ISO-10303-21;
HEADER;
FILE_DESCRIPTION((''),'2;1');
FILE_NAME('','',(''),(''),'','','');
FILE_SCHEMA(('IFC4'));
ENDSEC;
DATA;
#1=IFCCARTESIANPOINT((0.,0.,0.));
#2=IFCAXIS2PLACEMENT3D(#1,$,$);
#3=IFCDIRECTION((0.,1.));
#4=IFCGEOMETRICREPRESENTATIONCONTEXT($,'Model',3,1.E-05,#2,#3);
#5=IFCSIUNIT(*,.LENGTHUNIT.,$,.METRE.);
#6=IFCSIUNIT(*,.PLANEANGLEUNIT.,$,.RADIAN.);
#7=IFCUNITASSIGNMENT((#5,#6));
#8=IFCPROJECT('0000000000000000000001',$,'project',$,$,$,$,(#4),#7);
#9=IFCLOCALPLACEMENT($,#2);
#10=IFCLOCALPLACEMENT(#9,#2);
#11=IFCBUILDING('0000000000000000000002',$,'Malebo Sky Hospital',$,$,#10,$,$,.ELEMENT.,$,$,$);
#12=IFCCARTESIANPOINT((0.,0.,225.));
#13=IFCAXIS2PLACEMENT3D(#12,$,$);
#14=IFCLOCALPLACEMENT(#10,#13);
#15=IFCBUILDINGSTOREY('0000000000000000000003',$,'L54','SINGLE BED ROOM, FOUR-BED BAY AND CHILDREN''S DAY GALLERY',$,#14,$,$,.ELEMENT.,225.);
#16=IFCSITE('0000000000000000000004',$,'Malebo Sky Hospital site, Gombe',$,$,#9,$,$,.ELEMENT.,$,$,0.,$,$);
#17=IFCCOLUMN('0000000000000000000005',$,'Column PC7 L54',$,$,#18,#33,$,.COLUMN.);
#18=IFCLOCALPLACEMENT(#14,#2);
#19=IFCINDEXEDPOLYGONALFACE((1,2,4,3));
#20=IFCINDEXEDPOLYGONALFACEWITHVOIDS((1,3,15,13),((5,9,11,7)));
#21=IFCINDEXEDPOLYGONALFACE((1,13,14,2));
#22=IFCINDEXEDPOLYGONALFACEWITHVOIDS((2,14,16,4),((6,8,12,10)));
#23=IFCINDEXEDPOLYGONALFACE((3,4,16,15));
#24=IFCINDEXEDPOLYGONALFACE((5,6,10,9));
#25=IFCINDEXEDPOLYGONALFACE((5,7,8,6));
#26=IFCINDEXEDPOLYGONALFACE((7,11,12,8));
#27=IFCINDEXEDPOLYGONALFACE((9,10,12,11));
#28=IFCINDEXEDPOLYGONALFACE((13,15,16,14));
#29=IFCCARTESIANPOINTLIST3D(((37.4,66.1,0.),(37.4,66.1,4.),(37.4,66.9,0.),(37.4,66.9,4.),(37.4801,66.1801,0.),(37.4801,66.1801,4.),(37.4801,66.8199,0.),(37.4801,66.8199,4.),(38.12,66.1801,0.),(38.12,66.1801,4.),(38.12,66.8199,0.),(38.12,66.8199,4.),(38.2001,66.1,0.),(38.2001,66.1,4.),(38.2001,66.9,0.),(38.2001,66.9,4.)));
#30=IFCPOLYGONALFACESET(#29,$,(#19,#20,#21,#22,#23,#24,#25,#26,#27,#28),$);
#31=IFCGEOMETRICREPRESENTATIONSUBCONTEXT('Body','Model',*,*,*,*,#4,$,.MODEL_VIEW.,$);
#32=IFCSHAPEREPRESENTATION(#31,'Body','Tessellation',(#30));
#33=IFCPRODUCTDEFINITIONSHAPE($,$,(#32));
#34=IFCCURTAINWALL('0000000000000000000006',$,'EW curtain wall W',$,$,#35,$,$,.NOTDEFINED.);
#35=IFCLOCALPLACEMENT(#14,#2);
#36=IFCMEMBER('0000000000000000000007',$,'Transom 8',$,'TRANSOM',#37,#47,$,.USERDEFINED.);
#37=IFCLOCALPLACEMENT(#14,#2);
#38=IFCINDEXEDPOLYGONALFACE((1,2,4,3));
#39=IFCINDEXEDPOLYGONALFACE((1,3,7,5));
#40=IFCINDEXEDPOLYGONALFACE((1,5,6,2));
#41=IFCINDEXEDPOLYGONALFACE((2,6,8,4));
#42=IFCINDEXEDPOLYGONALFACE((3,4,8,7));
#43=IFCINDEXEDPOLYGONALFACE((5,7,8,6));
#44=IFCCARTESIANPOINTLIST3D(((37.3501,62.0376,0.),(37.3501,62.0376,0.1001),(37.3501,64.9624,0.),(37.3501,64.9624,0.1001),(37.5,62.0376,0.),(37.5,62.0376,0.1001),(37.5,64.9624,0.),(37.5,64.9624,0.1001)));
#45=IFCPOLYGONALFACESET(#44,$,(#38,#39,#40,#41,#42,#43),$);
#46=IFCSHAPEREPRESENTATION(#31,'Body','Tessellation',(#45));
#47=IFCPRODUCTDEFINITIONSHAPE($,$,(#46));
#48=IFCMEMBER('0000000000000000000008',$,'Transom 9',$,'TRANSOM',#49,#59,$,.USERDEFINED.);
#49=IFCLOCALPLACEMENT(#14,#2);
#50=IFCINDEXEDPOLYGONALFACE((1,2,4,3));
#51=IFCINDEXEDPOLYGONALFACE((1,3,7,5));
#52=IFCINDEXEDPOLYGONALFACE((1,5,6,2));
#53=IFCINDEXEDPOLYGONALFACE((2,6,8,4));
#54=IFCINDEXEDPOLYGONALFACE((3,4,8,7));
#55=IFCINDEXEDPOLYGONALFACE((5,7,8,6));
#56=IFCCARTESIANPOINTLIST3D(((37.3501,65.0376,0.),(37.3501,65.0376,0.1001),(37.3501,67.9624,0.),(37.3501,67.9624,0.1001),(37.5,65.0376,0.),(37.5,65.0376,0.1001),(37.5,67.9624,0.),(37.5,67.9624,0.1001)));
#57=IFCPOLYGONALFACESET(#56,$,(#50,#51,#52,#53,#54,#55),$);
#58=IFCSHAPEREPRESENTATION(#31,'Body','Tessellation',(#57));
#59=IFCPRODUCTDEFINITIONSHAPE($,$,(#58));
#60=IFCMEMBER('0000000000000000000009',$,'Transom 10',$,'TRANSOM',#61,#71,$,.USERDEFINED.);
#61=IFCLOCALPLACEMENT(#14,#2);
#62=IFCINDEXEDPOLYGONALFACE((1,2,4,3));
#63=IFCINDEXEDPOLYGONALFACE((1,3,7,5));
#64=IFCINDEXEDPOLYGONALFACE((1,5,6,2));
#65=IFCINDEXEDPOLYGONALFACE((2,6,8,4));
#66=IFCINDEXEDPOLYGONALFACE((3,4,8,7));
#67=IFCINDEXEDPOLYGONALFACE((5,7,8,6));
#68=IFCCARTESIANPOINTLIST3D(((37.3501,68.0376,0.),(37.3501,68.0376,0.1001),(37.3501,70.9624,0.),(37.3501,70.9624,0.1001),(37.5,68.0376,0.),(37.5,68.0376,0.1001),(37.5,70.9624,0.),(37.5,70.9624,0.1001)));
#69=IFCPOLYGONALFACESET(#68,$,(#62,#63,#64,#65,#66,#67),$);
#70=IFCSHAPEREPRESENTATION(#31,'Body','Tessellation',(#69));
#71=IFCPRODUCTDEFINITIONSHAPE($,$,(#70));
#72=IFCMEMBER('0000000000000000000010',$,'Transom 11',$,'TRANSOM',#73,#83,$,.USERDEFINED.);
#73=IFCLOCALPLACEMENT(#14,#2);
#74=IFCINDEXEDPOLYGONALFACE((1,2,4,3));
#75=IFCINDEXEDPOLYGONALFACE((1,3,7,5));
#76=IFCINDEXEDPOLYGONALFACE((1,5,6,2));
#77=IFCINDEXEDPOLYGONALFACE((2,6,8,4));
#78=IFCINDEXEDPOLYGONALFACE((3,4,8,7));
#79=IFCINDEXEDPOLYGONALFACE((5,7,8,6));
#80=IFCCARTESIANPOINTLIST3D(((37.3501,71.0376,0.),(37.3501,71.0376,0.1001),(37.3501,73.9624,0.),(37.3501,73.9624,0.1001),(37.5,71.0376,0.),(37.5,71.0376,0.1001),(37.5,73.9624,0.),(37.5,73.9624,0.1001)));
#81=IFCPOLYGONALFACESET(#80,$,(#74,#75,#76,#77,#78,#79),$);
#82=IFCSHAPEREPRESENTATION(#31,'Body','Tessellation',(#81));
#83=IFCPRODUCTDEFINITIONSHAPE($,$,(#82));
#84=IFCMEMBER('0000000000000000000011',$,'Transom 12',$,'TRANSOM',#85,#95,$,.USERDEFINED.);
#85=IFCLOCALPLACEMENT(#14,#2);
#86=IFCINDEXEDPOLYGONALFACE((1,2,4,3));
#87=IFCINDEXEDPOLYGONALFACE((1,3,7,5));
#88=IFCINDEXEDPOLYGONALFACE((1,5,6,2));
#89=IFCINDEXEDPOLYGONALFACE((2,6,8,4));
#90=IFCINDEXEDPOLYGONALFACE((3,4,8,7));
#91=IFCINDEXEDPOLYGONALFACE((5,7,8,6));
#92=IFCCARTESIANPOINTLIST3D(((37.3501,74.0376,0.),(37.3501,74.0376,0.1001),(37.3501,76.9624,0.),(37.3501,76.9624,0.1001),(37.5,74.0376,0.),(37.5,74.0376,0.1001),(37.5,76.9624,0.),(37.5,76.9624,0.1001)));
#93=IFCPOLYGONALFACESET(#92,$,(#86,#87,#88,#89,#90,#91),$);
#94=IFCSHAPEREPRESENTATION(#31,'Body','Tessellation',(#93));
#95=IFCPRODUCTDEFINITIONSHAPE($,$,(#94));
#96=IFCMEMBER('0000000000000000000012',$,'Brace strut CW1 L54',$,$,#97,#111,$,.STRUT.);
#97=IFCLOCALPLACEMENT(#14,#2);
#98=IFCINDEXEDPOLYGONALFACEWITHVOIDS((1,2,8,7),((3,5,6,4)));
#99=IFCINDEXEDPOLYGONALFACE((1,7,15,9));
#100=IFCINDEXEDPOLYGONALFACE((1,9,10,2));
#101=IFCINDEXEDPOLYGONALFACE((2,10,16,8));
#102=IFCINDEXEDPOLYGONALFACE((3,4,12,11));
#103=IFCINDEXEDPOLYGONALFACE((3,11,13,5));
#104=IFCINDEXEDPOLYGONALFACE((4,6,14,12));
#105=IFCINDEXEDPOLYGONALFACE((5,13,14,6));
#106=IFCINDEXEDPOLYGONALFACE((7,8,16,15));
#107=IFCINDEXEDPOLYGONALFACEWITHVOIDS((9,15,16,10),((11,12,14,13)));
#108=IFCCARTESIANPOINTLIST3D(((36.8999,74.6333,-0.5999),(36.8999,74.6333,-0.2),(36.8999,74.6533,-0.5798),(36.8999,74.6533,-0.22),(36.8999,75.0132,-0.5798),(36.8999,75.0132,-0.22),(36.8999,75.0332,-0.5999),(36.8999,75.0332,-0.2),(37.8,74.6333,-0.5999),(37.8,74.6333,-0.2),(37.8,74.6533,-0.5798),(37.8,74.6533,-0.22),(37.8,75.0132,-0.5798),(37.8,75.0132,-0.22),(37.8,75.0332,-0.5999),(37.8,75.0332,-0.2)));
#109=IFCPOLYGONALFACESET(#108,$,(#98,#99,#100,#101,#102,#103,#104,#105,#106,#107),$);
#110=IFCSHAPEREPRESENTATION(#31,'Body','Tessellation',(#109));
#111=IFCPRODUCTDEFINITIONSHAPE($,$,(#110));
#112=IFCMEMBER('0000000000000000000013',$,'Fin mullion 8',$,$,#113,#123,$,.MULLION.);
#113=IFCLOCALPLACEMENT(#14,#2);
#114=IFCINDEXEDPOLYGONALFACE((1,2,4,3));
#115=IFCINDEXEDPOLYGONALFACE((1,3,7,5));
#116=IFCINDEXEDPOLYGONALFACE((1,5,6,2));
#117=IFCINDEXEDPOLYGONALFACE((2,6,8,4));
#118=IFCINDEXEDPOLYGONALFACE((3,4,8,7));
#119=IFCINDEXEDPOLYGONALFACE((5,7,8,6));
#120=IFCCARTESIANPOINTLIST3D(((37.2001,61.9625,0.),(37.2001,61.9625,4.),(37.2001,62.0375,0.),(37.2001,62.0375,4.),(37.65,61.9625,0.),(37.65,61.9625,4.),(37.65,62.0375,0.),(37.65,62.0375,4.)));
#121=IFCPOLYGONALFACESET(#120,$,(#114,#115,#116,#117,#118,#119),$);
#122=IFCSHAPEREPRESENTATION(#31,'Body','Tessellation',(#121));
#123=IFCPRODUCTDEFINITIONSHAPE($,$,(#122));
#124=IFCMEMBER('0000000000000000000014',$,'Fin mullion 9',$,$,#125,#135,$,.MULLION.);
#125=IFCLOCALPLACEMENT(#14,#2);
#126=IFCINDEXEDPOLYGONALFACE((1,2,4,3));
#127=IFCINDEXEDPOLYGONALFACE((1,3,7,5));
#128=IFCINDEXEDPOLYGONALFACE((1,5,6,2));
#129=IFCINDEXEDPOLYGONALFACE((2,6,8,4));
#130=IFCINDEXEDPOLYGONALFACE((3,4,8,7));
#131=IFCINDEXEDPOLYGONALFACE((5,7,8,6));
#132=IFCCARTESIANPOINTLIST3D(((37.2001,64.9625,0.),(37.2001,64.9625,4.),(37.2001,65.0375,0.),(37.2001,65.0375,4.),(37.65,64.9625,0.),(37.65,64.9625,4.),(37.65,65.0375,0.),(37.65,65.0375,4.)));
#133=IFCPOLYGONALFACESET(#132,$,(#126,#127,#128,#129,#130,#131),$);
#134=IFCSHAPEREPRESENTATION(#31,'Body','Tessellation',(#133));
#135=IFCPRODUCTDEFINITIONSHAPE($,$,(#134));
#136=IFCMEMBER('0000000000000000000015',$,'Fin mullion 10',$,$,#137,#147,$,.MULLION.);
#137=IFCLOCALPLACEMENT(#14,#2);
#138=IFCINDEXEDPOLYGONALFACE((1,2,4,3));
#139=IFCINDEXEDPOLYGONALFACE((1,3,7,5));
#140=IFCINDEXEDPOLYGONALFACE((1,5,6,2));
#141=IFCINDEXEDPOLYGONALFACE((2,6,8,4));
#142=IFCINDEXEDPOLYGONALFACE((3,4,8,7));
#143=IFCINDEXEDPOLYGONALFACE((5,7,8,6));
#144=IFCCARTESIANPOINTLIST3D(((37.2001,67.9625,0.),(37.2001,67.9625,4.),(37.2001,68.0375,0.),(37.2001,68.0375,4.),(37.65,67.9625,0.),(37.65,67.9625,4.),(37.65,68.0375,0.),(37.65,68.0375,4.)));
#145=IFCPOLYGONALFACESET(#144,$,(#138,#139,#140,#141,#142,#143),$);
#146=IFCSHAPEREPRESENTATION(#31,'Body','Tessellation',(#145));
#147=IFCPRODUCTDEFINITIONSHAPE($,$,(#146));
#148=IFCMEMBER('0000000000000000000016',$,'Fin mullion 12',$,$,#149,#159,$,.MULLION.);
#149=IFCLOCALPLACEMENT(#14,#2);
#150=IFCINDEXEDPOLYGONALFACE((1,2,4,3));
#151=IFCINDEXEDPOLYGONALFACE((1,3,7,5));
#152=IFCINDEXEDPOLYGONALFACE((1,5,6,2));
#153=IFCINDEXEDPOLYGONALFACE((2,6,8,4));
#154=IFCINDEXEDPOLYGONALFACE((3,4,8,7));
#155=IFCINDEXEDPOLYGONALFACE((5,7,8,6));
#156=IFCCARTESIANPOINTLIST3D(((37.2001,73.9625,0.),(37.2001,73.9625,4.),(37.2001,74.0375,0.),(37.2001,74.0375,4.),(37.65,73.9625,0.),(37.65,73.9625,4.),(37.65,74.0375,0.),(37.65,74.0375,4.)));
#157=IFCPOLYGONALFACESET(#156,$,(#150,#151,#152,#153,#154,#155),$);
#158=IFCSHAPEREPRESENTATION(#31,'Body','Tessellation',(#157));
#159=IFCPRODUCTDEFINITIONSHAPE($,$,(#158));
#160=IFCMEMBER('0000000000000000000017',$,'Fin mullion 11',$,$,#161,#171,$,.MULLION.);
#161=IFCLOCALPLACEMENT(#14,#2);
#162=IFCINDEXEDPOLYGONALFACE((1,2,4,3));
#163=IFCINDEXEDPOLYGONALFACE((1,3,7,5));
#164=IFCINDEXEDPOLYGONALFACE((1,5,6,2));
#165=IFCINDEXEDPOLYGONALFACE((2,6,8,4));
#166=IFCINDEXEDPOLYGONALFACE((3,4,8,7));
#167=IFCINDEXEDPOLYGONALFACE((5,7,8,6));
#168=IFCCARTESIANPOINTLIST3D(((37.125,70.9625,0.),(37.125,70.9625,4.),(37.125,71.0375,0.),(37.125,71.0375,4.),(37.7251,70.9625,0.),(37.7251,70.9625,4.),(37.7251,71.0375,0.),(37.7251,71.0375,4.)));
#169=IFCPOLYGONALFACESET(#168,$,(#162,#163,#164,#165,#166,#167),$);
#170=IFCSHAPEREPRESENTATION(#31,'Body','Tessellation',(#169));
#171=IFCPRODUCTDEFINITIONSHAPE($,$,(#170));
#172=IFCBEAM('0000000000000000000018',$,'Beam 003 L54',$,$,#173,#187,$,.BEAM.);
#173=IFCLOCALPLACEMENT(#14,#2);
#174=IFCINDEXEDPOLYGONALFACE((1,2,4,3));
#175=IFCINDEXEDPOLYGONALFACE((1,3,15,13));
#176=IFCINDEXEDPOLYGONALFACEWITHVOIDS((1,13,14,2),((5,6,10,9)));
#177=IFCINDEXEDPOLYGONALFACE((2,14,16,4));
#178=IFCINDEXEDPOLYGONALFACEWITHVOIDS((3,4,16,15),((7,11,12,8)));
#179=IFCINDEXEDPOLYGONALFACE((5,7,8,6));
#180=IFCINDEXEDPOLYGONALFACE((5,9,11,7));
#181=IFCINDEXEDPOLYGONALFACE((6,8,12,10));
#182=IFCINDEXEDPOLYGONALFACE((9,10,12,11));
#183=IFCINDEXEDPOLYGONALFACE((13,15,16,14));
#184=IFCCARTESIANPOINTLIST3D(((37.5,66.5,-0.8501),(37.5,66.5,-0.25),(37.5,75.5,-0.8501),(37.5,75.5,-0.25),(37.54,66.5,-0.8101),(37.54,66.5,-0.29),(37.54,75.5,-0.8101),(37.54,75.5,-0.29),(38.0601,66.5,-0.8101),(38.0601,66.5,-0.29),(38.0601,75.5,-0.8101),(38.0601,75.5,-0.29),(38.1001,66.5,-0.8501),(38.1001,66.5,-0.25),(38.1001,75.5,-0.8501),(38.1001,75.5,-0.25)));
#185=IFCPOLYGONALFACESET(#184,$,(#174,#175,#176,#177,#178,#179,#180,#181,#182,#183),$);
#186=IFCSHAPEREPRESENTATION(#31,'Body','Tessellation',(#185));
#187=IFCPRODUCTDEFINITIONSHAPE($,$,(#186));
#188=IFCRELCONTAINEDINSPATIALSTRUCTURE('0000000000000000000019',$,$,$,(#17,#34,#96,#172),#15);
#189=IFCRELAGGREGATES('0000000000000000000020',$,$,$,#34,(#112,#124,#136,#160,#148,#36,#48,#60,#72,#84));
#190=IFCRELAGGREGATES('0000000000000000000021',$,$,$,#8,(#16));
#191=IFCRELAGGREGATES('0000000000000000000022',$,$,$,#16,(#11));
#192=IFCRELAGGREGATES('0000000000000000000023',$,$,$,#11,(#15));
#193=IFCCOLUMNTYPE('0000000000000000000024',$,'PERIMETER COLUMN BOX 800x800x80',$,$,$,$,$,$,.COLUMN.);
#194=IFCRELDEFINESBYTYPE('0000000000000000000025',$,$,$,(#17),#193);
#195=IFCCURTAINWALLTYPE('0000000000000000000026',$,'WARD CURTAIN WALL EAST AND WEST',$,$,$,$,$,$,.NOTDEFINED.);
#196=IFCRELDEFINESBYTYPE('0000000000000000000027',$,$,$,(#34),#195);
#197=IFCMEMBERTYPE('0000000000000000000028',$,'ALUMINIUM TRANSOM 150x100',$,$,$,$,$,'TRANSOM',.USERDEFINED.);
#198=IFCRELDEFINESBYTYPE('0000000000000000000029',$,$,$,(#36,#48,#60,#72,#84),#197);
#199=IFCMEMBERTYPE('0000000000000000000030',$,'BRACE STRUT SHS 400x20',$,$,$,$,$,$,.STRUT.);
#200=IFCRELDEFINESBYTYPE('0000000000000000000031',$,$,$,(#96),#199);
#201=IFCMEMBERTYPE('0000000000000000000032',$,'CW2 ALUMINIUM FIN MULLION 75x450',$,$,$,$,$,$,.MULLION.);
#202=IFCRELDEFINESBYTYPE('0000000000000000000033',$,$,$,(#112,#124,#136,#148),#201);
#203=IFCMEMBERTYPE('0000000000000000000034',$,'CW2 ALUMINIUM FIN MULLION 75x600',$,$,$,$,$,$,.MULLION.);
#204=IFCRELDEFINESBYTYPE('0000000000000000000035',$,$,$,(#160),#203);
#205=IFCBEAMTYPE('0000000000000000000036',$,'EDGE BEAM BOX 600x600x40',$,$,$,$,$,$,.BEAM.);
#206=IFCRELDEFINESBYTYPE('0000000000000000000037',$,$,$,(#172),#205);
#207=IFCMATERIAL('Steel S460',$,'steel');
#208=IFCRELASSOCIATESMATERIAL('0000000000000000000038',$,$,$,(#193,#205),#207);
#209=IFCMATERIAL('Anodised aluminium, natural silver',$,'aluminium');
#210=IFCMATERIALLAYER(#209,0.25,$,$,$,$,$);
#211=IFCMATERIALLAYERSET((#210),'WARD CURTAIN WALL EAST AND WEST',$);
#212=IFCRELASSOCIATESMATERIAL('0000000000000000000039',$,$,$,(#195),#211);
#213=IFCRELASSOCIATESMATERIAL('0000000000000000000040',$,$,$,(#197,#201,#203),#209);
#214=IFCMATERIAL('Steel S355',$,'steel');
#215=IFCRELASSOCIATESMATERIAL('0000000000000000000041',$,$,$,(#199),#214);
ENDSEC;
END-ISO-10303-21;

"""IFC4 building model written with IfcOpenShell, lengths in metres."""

from ifc_helpers import new_model, si_unit, direction, frame, origin, origin_2d, place, context, subcontext, project, spatial, rectangle, hollow_rectangle, extrude, material, layer, layer_set, material_profile, profile_set, type_object, element, aggregate, save


model = new_model("IFC4")

# Units and contexts
model_context = context("Model", 3, precision=1e-05, world=origin(), true_north=direction((0.0, 1.0)))
body_context = subcontext(model_context, "Body", "Model", "MODEL_VIEW")
ifc_project = project(units=[si_unit("LENGTHUNIT", "METRE"), si_unit("PLANEANGLEUNIT", "RADIAN")], contexts=[model_context])

# Site, building, storey
site_placement = place(None, origin())
site = spatial("IfcSite", under=ifc_project, at=site_placement, Name="Malebo Sky Hospital site, Gombe", CompositionType="ELEMENT", RefElevation=0.0)
building_placement = place(site_placement, origin())
building = spatial("IfcBuilding", under=site, at=building_placement, Name="Malebo Sky Hospital", CompositionType="ELEMENT")
storey_placement = place(building_placement, frame((0.0, 0.0, 225.0)))
storey = spatial("IfcBuildingStorey", under=building, at=storey_placement, Name="L54", Description="SINGLE BED ROOM, FOUR-BED BAY AND CHILDREN'S DAY GALLERY", CompositionType="ELEMENT", Elevation=225.0)

# Column
ifc_material_1 = material(Name="Steel S460", Category="steel")
ifc_material_profile_1 = material_profile(ifc_material_1, hollow_rectangle(XDim=0.8, YDim=0.8, WallThickness=0.0801, at=origin_2d()), Name="BOX 800x800x80")
ifc_profile_set_1 = profile_set([ifc_material_profile_1], Name="Steel S460")
column_type = type_object("IfcColumnType", Name="PERIMETER COLUMN BOX 800x800x80", PredefinedType="COLUMN", material=ifc_profile_set_1)
column_placement = place(storey_placement, frame((37.8, 66.5, 0.0), z_axis=(0.0, 0.0, 1.0), x_axis=(1.0, 0.0, 0.0)))
element("IfcColumn", 1, at=column_placement, inside=storey, type_object=column_type, Name="Column PC7 L54", PredefinedType="COLUMN", context=body_context, shape_type="SweptSolid", body=[
    extrude(hollow_rectangle(XDim=0.8, YDim=0.8, WallThickness=0.0801, at=origin_2d()), origin(), (0.0, 0.0, 1.0), 4.0),
])

# Curtain wall, members
ifc_material_2 = material(Name="Anodised aluminium, natural silver", Category="aluminium")
ifc_layer_1 = layer(ifc_material_2, 0.25)
ifc_layer_set_1 = layer_set([ifc_layer_1], Name="WARD CURTAIN WALL EAST AND WEST")
curtain_wall_type = type_object("IfcCurtainWallType", Name="WARD CURTAIN WALL EAST AND WEST", PredefinedType="NOTDEFINED", material=ifc_layer_set_1)
curtain_wall_placement = place(storey_placement, origin())
curtain_wall = element("IfcCurtainWall", 2, at=curtain_wall_placement, inside=storey, type_object=curtain_wall_type, Name="EW curtain wall W", PredefinedType="NOTDEFINED")
ifc_material_profile_2 = material_profile(ifc_material_2, rectangle(XDim=0.1499, YDim=0.1001, at=origin_2d()), Name="ALUMINIUM TRANSOM 150x100")
ifc_profile_set_2 = profile_set([ifc_material_profile_2], Name="Anodised aluminium, natural silver")
member_type_1 = type_object("IfcMemberType", Name="ALUMINIUM TRANSOM 150x100", ElementType="TRANSOM", PredefinedType="USERDEFINED", material=ifc_profile_set_2)
member_1_placement = place(storey_placement, frame((37.425, 62.0376, 0.05), z_axis=(0.0, 1.0, 0.0), x_axis=(-1.0, 0.0, 0.0)))
member_1 = element("IfcMember", 3, at=member_1_placement, type_object=member_type_1, Name="Transom 8", ObjectType="TRANSOM", PredefinedType="USERDEFINED", context=body_context, shape_type="SweptSolid", body=[
    extrude(rectangle(XDim=0.1499, YDim=0.1001, at=origin_2d()), origin(), (0.0, 0.0, 1.0), 2.9248),
])
member_2_placement = place(storey_placement, frame((37.425, 65.0376, 0.05), z_axis=(0.0, 1.0, 0.0), x_axis=(-1.0, 0.0, 0.0)))
member_2 = element("IfcMember", 4, at=member_2_placement, type_object=member_type_1, Name="Transom 9", ObjectType="TRANSOM", PredefinedType="USERDEFINED", context=body_context, shape_type="SweptSolid", body=[
    extrude(rectangle(XDim=0.1499, YDim=0.1001, at=origin_2d()), origin(), (0.0, 0.0, 1.0), 2.9248),
])
member_3_placement = place(storey_placement, frame((37.425, 68.0376, 0.05), z_axis=(0.0, 1.0, 0.0), x_axis=(-1.0, 0.0, 0.0)))
member_3 = element("IfcMember", 5, at=member_3_placement, type_object=member_type_1, Name="Transom 10", ObjectType="TRANSOM", PredefinedType="USERDEFINED", context=body_context, shape_type="SweptSolid", body=[
    extrude(rectangle(XDim=0.1499, YDim=0.1001, at=origin_2d()), origin(), (0.0, 0.0, 1.0), 2.9248),
])
member_4_placement = place(storey_placement, frame((37.425, 71.0376, 0.05), z_axis=(0.0, 1.0, 0.0), x_axis=(-1.0, 0.0, 0.0)))
member_4 = element("IfcMember", 6, at=member_4_placement, type_object=member_type_1, Name="Transom 11", ObjectType="TRANSOM", PredefinedType="USERDEFINED", context=body_context, shape_type="SweptSolid", body=[
    extrude(rectangle(XDim=0.1499, YDim=0.1001, at=origin_2d()), origin(), (0.0, 0.0, 1.0), 2.9248),
])
member_5_placement = place(storey_placement, frame((37.425, 74.0376, 0.05), z_axis=(0.0, 1.0, 0.0), x_axis=(-1.0, 0.0, 0.0)))
member_5 = element("IfcMember", 7, at=member_5_placement, type_object=member_type_1, Name="Transom 12", ObjectType="TRANSOM", PredefinedType="USERDEFINED", context=body_context, shape_type="SweptSolid", body=[
    extrude(rectangle(XDim=0.1499, YDim=0.1001, at=origin_2d()), origin(), (0.0, 0.0, 1.0), 2.9248),
])

# Members
ifc_material_3 = material(Name="Steel S355", Category="steel")
ifc_material_profile_3 = material_profile(ifc_material_3, hollow_rectangle(XDim=0.3999, YDim=0.3999, WallThickness=0.02, at=origin_2d()), Name="SHS 400x20")
ifc_profile_set_3 = profile_set([ifc_material_profile_3], Name="Steel S355")
member_type_2 = type_object("IfcMemberType", Name="BRACE STRUT SHS 400x20", PredefinedType="STRUT", material=ifc_profile_set_3)
member_6_placement = place(storey_placement, frame((36.8999, 74.8333, -0.3999), z_axis=(1.0, 0.0, 0.0), x_axis=(0.0, 1.0, 0.0)))
element("IfcMember", 8, at=member_6_placement, inside=storey, type_object=member_type_2, Name="Brace strut CW1 L54", PredefinedType="STRUT", context=body_context, shape_type="SweptSolid", body=[
    extrude(hollow_rectangle(XDim=0.3999, YDim=0.3999, WallThickness=0.02, at=origin_2d()), origin(), (0.0, 0.0, 1.0), 0.9001),
])
ifc_material_profile_4 = material_profile(ifc_material_2, rectangle(XDim=0.075, YDim=0.45, at=origin_2d()), Name="CW2 ALUMINIUM FIN MULLION 75x450")
ifc_profile_set_4 = profile_set([ifc_material_profile_4], Name="Anodised aluminium, natural silver")
member_type_3 = type_object("IfcMemberType", Name="CW2 ALUMINIUM FIN MULLION 75x450", PredefinedType="MULLION", material=ifc_profile_set_4)
member_7_placement = place(storey_placement, frame((37.425, 62.0, 0.0), z_axis=(0.0, 0.0, 1.0), x_axis=(0.0, 1.0, 0.0)))
member_7 = element("IfcMember", 9, at=member_7_placement, type_object=member_type_3, Name="Fin mullion 8", PredefinedType="MULLION", context=body_context, shape_type="SweptSolid", body=[
    extrude(rectangle(XDim=0.075, YDim=0.45, at=origin_2d()), origin(), (0.0, 0.0, 1.0), 4.0),
])
member_8_placement = place(storey_placement, frame((37.425, 65.0, 0.0), z_axis=(0.0, 0.0, 1.0), x_axis=(0.0, 1.0, 0.0)))
member_8 = element("IfcMember", 10, at=member_8_placement, type_object=member_type_3, Name="Fin mullion 9", PredefinedType="MULLION", context=body_context, shape_type="SweptSolid", body=[
    extrude(rectangle(XDim=0.075, YDim=0.45, at=origin_2d()), origin(), (0.0, 0.0, 1.0), 4.0),
])
member_9_placement = place(storey_placement, frame((37.425, 68.0, 0.0), z_axis=(0.0, 0.0, 1.0), x_axis=(0.0, 1.0, 0.0)))
member_9 = element("IfcMember", 11, at=member_9_placement, type_object=member_type_3, Name="Fin mullion 10", PredefinedType="MULLION", context=body_context, shape_type="SweptSolid", body=[
    extrude(rectangle(XDim=0.075, YDim=0.45, at=origin_2d()), origin(), (0.0, 0.0, 1.0), 4.0),
])
member_10_placement = place(storey_placement, frame((37.425, 74.0, 0.0), z_axis=(0.0, 0.0, 1.0), x_axis=(0.0, 1.0, 0.0)))
member_10 = element("IfcMember", 12, at=member_10_placement, type_object=member_type_3, Name="Fin mullion 12", PredefinedType="MULLION", context=body_context, shape_type="SweptSolid", body=[
    extrude(rectangle(XDim=0.075, YDim=0.45, at=origin_2d()), origin(), (0.0, 0.0, 1.0), 4.0),
])
ifc_material_profile_5 = material_profile(ifc_material_2, rectangle(XDim=0.075, YDim=0.6001, at=origin_2d()), Name="CW2 ALUMINIUM FIN MULLION 75x600")
ifc_profile_set_5 = profile_set([ifc_material_profile_5], Name="Anodised aluminium, natural silver")
member_type_4 = type_object("IfcMemberType", Name="CW2 ALUMINIUM FIN MULLION 75x600", PredefinedType="MULLION", material=ifc_profile_set_5)
member_11_placement = place(storey_placement, frame((37.425, 71.0, 0.0), z_axis=(0.0, 0.0, 1.0), x_axis=(0.0, 1.0, 0.0)))
member_11 = element("IfcMember", 13, at=member_11_placement, type_object=member_type_4, Name="Fin mullion 11", PredefinedType="MULLION", context=body_context, shape_type="SweptSolid", body=[
    extrude(rectangle(XDim=0.075, YDim=0.6001, at=origin_2d()), origin(), (0.0, 0.0, 1.0), 4.0),
])

# Beam
ifc_material_profile_6 = material_profile(ifc_material_1, hollow_rectangle(XDim=0.6001, YDim=0.6001, WallThickness=0.04, at=origin_2d()), Name="BOX 600x600x40")
ifc_profile_set_6 = profile_set([ifc_material_profile_6], Name="Steel S460")
beam_type_1 = type_object("IfcBeamType", Name="EDGE BEAM BOX 600x600x40", PredefinedType="BEAM", material=ifc_profile_set_6)
beam_1_placement = place(storey_placement, frame((37.8, 66.5, -0.55), z_axis=(0.0, 1.0, 0.0), x_axis=(-1.0, 0.0, 0.0)))
element("IfcBeam", 14, at=beam_1_placement, inside=storey, type_object=beam_type_1, Name="Beam 003 L54", PredefinedType="BEAM", context=body_context, shape_type="SweptSolid", body=[
    extrude(hollow_rectangle(XDim=0.6001, YDim=0.6001, WallThickness=0.04, at=origin_2d()), origin(), (0.0, 0.0, 1.0), 9.0),
])

aggregate(curtain_wall, [member_7, member_8, member_9, member_11, member_10, member_1, member_2, member_3, member_4, member_5])

save(model, "model.ifc")
